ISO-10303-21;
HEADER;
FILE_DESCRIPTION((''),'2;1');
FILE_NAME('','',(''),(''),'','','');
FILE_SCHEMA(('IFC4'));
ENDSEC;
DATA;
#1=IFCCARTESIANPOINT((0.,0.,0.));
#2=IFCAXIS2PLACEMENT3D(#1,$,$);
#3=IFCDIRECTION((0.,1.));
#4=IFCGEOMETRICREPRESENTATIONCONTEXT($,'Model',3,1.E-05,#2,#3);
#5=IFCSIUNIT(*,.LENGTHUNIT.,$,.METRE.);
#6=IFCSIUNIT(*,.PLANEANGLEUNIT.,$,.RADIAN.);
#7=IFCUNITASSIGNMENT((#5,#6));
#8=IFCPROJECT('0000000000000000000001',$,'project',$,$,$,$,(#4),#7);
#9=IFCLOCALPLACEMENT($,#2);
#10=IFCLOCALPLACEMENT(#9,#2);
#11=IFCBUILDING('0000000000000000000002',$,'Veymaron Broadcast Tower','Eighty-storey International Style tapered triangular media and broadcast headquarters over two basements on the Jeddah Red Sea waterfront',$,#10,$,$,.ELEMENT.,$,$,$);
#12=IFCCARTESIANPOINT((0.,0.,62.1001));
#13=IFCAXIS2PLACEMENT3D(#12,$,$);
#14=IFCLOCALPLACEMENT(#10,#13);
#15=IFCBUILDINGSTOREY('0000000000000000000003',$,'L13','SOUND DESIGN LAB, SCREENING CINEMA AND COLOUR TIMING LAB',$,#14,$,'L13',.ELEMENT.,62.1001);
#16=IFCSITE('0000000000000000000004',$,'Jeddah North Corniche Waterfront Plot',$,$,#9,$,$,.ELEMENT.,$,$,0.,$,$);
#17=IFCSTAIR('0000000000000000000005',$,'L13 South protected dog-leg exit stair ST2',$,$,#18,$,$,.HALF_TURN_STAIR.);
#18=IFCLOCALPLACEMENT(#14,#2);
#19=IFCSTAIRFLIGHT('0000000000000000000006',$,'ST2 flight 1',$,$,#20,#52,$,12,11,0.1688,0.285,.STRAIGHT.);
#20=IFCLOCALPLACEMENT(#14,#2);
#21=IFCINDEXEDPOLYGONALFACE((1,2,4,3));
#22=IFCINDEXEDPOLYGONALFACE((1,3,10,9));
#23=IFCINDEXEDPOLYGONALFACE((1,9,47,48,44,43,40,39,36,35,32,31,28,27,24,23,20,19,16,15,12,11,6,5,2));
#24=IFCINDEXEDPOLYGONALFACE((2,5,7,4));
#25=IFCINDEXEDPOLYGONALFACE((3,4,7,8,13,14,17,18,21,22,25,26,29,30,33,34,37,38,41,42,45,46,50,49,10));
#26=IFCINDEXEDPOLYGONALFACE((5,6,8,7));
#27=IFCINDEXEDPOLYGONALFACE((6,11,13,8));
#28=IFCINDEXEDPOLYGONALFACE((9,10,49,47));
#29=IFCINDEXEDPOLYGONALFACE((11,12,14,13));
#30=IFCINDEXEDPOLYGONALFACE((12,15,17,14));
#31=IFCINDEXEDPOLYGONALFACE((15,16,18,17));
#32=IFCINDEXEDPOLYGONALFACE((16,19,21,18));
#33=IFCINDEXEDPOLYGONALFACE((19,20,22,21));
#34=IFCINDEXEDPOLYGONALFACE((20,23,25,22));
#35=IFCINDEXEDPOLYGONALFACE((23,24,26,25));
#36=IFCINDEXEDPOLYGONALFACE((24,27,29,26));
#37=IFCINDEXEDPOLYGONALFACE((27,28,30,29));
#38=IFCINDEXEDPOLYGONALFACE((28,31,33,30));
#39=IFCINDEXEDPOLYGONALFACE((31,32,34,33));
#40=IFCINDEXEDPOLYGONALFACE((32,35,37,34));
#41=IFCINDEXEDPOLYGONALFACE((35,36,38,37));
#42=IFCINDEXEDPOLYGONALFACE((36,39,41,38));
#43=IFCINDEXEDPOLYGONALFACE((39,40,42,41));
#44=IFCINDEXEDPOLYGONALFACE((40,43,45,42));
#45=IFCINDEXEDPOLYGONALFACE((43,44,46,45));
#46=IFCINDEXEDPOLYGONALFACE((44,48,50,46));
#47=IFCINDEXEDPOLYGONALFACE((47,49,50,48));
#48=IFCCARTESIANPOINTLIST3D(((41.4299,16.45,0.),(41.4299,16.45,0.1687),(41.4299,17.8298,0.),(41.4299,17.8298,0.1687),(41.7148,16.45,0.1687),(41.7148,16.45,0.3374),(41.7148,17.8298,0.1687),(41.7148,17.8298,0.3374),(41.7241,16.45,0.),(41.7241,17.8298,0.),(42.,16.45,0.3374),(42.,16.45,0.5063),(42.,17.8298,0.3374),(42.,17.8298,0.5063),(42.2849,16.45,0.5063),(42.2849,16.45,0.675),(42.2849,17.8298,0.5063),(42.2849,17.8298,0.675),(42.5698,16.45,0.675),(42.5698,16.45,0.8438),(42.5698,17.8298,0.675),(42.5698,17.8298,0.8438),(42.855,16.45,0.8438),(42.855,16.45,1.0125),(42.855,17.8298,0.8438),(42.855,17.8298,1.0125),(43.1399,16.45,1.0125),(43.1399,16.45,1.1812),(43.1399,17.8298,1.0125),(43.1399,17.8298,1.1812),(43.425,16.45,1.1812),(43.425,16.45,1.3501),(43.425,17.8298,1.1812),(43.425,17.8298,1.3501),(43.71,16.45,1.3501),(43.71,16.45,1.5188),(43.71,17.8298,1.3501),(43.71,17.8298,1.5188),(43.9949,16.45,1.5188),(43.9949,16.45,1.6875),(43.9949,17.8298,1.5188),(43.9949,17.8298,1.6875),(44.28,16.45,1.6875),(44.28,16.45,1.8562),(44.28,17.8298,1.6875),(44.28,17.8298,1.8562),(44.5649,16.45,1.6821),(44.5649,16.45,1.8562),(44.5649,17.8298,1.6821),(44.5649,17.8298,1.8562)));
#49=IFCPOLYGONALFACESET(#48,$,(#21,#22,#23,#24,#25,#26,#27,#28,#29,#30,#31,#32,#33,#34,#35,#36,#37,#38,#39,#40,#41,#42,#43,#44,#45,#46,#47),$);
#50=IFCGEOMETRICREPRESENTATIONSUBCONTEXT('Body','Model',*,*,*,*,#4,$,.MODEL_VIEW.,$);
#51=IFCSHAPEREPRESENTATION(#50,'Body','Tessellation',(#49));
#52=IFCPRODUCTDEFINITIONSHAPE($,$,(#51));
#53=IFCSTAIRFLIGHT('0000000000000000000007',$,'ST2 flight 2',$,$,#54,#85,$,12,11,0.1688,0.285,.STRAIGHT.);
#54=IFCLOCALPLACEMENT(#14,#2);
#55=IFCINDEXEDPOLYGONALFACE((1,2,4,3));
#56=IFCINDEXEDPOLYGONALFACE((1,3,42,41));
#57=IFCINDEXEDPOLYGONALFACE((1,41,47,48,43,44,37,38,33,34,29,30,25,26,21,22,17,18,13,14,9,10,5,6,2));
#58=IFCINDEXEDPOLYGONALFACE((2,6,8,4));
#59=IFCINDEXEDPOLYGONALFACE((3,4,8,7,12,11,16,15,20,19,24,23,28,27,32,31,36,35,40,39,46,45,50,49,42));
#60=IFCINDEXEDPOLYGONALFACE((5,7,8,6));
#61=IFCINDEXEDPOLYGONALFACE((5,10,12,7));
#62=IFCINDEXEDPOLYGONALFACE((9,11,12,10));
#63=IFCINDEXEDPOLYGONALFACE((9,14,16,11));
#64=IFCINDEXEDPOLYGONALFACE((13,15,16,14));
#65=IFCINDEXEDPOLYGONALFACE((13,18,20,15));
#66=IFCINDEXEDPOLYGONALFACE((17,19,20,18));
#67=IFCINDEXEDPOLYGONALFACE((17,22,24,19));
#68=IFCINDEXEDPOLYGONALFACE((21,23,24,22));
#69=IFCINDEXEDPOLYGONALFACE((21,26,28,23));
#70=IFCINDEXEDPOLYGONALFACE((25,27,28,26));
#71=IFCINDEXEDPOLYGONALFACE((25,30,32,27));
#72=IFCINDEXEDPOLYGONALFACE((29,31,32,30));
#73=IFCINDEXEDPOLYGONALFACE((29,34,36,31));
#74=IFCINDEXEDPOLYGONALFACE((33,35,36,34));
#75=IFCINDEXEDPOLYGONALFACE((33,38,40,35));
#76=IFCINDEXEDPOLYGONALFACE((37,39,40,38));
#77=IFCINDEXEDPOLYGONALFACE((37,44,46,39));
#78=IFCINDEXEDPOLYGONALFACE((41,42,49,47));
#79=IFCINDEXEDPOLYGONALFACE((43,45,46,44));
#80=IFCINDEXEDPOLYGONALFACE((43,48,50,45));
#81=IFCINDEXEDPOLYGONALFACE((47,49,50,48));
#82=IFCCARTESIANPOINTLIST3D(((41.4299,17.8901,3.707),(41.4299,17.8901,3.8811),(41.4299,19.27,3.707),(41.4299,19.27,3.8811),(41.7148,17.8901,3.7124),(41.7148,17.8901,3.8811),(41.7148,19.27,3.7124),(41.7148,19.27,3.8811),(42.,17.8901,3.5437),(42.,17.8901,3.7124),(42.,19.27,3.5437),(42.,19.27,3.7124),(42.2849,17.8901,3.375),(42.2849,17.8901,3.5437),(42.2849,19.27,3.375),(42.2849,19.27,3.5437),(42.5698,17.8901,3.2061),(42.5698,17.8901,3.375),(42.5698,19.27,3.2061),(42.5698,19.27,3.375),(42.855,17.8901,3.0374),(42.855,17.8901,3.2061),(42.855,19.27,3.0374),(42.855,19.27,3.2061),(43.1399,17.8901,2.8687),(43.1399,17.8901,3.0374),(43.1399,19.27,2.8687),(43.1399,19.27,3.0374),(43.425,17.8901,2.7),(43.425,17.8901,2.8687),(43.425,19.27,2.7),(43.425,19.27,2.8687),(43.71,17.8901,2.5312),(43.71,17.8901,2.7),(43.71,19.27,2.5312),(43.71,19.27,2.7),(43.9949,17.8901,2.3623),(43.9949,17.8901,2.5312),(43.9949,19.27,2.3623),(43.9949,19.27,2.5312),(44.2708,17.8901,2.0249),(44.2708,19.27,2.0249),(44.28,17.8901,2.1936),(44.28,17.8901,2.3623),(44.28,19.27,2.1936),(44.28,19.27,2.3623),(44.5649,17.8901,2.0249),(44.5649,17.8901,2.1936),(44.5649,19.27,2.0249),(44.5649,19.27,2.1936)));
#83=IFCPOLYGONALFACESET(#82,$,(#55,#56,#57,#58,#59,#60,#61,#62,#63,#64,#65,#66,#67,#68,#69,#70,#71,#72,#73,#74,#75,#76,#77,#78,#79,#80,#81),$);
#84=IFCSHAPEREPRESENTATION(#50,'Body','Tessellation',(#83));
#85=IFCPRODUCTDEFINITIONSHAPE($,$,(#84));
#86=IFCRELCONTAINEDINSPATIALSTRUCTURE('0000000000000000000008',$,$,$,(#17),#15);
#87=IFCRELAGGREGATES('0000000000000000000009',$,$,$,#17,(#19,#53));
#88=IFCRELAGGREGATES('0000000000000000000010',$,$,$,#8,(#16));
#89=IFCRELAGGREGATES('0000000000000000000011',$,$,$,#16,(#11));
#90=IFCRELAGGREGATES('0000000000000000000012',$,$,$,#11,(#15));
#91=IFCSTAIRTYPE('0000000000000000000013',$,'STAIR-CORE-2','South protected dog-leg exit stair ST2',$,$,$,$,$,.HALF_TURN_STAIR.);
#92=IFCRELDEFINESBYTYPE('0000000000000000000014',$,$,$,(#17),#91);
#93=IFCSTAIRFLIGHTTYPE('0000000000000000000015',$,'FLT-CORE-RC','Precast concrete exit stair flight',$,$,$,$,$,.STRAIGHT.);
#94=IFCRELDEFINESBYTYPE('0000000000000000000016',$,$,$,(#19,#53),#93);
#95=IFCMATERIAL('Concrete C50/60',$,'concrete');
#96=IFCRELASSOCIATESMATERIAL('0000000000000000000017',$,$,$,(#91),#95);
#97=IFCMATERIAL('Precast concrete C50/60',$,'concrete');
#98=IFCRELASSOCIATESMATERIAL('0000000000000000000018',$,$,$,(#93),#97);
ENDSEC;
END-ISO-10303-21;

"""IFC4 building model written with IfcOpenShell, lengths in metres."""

from ifc_helpers import new_model, si_unit, direction, frame, origin, place, context, subcontext, project, spatial, polyline, outline, extrude, material, type_object, element, aggregate, save


model = new_model("IFC4")

# Units and contexts
model_context = context("Model", 3, precision=1e-05, world=origin(), true_north=direction((0.0, 1.0)))
body_context = subcontext(model_context, "Body", "Model", "MODEL_VIEW")
ifc_project = project(units=[si_unit("LENGTHUNIT", "METRE"), si_unit("PLANEANGLEUNIT", "RADIAN")], contexts=[model_context])

# Site, building, storey
site_placement = place(None, origin())
site = spatial("IfcSite", under=ifc_project, at=site_placement, Name="Jeddah North Corniche Waterfront Plot", CompositionType="ELEMENT", RefElevation=0.0)
building_placement = place(site_placement, origin())
building = spatial("IfcBuilding", under=site, at=building_placement, Name="Veymaron Broadcast Tower", Description="Eighty-storey International Style tapered triangular media and broadcast headquarters over two basements on the Jeddah Red Sea waterfront", CompositionType="ELEMENT")
storey_placement = place(building_placement, frame((0.0, 0.0, 62.1001)))
storey = spatial("IfcBuildingStorey", under=building, at=storey_placement, Name="L13", Description="SOUND DESIGN LAB, SCREENING CINEMA AND COLOUR TIMING LAB", LongName="L13", CompositionType="ELEMENT", Elevation=62.1001)

# Shared definitions
ifc_material_1 = material(Name="Concrete C50/60", Category="concrete")

# Stair, stair flights
stair_type = type_object("IfcStairType", Name="STAIR-CORE-2", Description="South protected dog-leg exit stair ST2", PredefinedType="HALF_TURN_STAIR", material=ifc_material_1)
stair_placement = place(storey_placement, origin())
stair = element("IfcStair", 1, at=stair_placement, inside=storey, type_object=stair_type, Name="L13 South protected dog-leg exit stair ST2", PredefinedType="HALF_TURN_STAIR")
ifc_material_2 = material(Name="Precast concrete C50/60", Category="concrete")
stair_flight_type = type_object("IfcStairFlightType", Name="FLT-CORE-RC", Description="Precast concrete exit stair flight", PredefinedType="STRAIGHT", material=ifc_material_2)
stair_flight_1_placement = place(storey_placement, frame((41.4299, 17.1399, 0.0), z_axis=(0.0, 0.0, 1.0), x_axis=(1.0, 0.0, 0.0)))
stair_flight_1 = element("IfcStairFlight", 2, at=stair_flight_1_placement, type_object=stair_flight_type, Name="ST2 flight 1", NumberOfRisers=12, NumberOfTreads=11, PredefinedType="STRAIGHT", RiserHeight=0.1688, TreadLength=0.285, context=body_context, shape_type="SweptSolid", body=[
    extrude(outline(polyline([(0.0, 0.0), (0.0, 0.1687), (0.2849, 0.1687), (0.2849, 0.3374), (0.5701, 0.3374), (0.5701, 0.5063), (0.855, 0.5063), (0.855, 0.675), (1.1399, 0.675), (1.1399, 0.8438), (1.425, 0.8438), (1.425, 1.0125), (1.71, 1.0125), (1.71, 1.1812), (1.9951, 1.1812), (1.9951, 1.3501), (2.28, 1.3501), (2.28, 1.5188), (2.5649, 1.5188), (2.5649, 1.6875), (2.8501, 1.6875), (2.8501, 1.8562), (3.135, 1.8562), (3.135, 2.0249), (3.135, 1.6821), (0.2942, 0.0), (0.0, 0.0)])), frame((0.0, 0.6899, 0.0), z_axis=(0.0, -1.0, 0.0), x_axis=(1.0, 0.0, 0.0)), (0.0, 0.0, 1.0), 1.3799),
])
stair_flight_2_placement = place(storey_placement, frame((44.5649, 18.5801, 2.0249), z_axis=(0.0, 0.0, 1.0), x_axis=(-1.0, 0.0, 0.0)))
stair_flight_2 = element("IfcStairFlight", 3, at=stair_flight_2_placement, type_object=stair_flight_type, Name="ST2 flight 2", NumberOfRisers=12, NumberOfTreads=11, PredefinedType="STRAIGHT", RiserHeight=0.1688, TreadLength=0.285, context=body_context, shape_type="SweptSolid", body=[
    extrude(outline(polyline([(0.0, 0.0), (0.0, 0.1687), (0.2849, 0.1687), (0.2849, 0.3374), (0.5701, 0.3374), (0.5701, 0.5063), (0.855, 0.5063), (0.855, 0.675), (1.1399, 0.675), (1.1399, 0.8438), (1.425, 0.8438), (1.425, 1.0125), (1.71, 1.0125), (1.71, 1.1812), (1.9951, 1.1812), (1.9951, 1.3501), (2.28, 1.3501), (2.28, 1.5188), (2.5649, 1.5188), (2.5649, 1.6875), (2.8501, 1.6875), (2.8501, 1.8562), (3.135, 1.8562), (3.135, 2.0249), (3.135, 1.6821), (0.2942, 0.0), (0.0, 0.0)])), frame((0.0, 0.6899, 0.0), z_axis=(0.0, -1.0, 0.0), x_axis=(1.0, 0.0, 0.0)), (0.0, 0.0, 1.0), 1.3799),
])
aggregate(stair, [stair_flight_1, stair_flight_2])

save(model, "model.ifc")
